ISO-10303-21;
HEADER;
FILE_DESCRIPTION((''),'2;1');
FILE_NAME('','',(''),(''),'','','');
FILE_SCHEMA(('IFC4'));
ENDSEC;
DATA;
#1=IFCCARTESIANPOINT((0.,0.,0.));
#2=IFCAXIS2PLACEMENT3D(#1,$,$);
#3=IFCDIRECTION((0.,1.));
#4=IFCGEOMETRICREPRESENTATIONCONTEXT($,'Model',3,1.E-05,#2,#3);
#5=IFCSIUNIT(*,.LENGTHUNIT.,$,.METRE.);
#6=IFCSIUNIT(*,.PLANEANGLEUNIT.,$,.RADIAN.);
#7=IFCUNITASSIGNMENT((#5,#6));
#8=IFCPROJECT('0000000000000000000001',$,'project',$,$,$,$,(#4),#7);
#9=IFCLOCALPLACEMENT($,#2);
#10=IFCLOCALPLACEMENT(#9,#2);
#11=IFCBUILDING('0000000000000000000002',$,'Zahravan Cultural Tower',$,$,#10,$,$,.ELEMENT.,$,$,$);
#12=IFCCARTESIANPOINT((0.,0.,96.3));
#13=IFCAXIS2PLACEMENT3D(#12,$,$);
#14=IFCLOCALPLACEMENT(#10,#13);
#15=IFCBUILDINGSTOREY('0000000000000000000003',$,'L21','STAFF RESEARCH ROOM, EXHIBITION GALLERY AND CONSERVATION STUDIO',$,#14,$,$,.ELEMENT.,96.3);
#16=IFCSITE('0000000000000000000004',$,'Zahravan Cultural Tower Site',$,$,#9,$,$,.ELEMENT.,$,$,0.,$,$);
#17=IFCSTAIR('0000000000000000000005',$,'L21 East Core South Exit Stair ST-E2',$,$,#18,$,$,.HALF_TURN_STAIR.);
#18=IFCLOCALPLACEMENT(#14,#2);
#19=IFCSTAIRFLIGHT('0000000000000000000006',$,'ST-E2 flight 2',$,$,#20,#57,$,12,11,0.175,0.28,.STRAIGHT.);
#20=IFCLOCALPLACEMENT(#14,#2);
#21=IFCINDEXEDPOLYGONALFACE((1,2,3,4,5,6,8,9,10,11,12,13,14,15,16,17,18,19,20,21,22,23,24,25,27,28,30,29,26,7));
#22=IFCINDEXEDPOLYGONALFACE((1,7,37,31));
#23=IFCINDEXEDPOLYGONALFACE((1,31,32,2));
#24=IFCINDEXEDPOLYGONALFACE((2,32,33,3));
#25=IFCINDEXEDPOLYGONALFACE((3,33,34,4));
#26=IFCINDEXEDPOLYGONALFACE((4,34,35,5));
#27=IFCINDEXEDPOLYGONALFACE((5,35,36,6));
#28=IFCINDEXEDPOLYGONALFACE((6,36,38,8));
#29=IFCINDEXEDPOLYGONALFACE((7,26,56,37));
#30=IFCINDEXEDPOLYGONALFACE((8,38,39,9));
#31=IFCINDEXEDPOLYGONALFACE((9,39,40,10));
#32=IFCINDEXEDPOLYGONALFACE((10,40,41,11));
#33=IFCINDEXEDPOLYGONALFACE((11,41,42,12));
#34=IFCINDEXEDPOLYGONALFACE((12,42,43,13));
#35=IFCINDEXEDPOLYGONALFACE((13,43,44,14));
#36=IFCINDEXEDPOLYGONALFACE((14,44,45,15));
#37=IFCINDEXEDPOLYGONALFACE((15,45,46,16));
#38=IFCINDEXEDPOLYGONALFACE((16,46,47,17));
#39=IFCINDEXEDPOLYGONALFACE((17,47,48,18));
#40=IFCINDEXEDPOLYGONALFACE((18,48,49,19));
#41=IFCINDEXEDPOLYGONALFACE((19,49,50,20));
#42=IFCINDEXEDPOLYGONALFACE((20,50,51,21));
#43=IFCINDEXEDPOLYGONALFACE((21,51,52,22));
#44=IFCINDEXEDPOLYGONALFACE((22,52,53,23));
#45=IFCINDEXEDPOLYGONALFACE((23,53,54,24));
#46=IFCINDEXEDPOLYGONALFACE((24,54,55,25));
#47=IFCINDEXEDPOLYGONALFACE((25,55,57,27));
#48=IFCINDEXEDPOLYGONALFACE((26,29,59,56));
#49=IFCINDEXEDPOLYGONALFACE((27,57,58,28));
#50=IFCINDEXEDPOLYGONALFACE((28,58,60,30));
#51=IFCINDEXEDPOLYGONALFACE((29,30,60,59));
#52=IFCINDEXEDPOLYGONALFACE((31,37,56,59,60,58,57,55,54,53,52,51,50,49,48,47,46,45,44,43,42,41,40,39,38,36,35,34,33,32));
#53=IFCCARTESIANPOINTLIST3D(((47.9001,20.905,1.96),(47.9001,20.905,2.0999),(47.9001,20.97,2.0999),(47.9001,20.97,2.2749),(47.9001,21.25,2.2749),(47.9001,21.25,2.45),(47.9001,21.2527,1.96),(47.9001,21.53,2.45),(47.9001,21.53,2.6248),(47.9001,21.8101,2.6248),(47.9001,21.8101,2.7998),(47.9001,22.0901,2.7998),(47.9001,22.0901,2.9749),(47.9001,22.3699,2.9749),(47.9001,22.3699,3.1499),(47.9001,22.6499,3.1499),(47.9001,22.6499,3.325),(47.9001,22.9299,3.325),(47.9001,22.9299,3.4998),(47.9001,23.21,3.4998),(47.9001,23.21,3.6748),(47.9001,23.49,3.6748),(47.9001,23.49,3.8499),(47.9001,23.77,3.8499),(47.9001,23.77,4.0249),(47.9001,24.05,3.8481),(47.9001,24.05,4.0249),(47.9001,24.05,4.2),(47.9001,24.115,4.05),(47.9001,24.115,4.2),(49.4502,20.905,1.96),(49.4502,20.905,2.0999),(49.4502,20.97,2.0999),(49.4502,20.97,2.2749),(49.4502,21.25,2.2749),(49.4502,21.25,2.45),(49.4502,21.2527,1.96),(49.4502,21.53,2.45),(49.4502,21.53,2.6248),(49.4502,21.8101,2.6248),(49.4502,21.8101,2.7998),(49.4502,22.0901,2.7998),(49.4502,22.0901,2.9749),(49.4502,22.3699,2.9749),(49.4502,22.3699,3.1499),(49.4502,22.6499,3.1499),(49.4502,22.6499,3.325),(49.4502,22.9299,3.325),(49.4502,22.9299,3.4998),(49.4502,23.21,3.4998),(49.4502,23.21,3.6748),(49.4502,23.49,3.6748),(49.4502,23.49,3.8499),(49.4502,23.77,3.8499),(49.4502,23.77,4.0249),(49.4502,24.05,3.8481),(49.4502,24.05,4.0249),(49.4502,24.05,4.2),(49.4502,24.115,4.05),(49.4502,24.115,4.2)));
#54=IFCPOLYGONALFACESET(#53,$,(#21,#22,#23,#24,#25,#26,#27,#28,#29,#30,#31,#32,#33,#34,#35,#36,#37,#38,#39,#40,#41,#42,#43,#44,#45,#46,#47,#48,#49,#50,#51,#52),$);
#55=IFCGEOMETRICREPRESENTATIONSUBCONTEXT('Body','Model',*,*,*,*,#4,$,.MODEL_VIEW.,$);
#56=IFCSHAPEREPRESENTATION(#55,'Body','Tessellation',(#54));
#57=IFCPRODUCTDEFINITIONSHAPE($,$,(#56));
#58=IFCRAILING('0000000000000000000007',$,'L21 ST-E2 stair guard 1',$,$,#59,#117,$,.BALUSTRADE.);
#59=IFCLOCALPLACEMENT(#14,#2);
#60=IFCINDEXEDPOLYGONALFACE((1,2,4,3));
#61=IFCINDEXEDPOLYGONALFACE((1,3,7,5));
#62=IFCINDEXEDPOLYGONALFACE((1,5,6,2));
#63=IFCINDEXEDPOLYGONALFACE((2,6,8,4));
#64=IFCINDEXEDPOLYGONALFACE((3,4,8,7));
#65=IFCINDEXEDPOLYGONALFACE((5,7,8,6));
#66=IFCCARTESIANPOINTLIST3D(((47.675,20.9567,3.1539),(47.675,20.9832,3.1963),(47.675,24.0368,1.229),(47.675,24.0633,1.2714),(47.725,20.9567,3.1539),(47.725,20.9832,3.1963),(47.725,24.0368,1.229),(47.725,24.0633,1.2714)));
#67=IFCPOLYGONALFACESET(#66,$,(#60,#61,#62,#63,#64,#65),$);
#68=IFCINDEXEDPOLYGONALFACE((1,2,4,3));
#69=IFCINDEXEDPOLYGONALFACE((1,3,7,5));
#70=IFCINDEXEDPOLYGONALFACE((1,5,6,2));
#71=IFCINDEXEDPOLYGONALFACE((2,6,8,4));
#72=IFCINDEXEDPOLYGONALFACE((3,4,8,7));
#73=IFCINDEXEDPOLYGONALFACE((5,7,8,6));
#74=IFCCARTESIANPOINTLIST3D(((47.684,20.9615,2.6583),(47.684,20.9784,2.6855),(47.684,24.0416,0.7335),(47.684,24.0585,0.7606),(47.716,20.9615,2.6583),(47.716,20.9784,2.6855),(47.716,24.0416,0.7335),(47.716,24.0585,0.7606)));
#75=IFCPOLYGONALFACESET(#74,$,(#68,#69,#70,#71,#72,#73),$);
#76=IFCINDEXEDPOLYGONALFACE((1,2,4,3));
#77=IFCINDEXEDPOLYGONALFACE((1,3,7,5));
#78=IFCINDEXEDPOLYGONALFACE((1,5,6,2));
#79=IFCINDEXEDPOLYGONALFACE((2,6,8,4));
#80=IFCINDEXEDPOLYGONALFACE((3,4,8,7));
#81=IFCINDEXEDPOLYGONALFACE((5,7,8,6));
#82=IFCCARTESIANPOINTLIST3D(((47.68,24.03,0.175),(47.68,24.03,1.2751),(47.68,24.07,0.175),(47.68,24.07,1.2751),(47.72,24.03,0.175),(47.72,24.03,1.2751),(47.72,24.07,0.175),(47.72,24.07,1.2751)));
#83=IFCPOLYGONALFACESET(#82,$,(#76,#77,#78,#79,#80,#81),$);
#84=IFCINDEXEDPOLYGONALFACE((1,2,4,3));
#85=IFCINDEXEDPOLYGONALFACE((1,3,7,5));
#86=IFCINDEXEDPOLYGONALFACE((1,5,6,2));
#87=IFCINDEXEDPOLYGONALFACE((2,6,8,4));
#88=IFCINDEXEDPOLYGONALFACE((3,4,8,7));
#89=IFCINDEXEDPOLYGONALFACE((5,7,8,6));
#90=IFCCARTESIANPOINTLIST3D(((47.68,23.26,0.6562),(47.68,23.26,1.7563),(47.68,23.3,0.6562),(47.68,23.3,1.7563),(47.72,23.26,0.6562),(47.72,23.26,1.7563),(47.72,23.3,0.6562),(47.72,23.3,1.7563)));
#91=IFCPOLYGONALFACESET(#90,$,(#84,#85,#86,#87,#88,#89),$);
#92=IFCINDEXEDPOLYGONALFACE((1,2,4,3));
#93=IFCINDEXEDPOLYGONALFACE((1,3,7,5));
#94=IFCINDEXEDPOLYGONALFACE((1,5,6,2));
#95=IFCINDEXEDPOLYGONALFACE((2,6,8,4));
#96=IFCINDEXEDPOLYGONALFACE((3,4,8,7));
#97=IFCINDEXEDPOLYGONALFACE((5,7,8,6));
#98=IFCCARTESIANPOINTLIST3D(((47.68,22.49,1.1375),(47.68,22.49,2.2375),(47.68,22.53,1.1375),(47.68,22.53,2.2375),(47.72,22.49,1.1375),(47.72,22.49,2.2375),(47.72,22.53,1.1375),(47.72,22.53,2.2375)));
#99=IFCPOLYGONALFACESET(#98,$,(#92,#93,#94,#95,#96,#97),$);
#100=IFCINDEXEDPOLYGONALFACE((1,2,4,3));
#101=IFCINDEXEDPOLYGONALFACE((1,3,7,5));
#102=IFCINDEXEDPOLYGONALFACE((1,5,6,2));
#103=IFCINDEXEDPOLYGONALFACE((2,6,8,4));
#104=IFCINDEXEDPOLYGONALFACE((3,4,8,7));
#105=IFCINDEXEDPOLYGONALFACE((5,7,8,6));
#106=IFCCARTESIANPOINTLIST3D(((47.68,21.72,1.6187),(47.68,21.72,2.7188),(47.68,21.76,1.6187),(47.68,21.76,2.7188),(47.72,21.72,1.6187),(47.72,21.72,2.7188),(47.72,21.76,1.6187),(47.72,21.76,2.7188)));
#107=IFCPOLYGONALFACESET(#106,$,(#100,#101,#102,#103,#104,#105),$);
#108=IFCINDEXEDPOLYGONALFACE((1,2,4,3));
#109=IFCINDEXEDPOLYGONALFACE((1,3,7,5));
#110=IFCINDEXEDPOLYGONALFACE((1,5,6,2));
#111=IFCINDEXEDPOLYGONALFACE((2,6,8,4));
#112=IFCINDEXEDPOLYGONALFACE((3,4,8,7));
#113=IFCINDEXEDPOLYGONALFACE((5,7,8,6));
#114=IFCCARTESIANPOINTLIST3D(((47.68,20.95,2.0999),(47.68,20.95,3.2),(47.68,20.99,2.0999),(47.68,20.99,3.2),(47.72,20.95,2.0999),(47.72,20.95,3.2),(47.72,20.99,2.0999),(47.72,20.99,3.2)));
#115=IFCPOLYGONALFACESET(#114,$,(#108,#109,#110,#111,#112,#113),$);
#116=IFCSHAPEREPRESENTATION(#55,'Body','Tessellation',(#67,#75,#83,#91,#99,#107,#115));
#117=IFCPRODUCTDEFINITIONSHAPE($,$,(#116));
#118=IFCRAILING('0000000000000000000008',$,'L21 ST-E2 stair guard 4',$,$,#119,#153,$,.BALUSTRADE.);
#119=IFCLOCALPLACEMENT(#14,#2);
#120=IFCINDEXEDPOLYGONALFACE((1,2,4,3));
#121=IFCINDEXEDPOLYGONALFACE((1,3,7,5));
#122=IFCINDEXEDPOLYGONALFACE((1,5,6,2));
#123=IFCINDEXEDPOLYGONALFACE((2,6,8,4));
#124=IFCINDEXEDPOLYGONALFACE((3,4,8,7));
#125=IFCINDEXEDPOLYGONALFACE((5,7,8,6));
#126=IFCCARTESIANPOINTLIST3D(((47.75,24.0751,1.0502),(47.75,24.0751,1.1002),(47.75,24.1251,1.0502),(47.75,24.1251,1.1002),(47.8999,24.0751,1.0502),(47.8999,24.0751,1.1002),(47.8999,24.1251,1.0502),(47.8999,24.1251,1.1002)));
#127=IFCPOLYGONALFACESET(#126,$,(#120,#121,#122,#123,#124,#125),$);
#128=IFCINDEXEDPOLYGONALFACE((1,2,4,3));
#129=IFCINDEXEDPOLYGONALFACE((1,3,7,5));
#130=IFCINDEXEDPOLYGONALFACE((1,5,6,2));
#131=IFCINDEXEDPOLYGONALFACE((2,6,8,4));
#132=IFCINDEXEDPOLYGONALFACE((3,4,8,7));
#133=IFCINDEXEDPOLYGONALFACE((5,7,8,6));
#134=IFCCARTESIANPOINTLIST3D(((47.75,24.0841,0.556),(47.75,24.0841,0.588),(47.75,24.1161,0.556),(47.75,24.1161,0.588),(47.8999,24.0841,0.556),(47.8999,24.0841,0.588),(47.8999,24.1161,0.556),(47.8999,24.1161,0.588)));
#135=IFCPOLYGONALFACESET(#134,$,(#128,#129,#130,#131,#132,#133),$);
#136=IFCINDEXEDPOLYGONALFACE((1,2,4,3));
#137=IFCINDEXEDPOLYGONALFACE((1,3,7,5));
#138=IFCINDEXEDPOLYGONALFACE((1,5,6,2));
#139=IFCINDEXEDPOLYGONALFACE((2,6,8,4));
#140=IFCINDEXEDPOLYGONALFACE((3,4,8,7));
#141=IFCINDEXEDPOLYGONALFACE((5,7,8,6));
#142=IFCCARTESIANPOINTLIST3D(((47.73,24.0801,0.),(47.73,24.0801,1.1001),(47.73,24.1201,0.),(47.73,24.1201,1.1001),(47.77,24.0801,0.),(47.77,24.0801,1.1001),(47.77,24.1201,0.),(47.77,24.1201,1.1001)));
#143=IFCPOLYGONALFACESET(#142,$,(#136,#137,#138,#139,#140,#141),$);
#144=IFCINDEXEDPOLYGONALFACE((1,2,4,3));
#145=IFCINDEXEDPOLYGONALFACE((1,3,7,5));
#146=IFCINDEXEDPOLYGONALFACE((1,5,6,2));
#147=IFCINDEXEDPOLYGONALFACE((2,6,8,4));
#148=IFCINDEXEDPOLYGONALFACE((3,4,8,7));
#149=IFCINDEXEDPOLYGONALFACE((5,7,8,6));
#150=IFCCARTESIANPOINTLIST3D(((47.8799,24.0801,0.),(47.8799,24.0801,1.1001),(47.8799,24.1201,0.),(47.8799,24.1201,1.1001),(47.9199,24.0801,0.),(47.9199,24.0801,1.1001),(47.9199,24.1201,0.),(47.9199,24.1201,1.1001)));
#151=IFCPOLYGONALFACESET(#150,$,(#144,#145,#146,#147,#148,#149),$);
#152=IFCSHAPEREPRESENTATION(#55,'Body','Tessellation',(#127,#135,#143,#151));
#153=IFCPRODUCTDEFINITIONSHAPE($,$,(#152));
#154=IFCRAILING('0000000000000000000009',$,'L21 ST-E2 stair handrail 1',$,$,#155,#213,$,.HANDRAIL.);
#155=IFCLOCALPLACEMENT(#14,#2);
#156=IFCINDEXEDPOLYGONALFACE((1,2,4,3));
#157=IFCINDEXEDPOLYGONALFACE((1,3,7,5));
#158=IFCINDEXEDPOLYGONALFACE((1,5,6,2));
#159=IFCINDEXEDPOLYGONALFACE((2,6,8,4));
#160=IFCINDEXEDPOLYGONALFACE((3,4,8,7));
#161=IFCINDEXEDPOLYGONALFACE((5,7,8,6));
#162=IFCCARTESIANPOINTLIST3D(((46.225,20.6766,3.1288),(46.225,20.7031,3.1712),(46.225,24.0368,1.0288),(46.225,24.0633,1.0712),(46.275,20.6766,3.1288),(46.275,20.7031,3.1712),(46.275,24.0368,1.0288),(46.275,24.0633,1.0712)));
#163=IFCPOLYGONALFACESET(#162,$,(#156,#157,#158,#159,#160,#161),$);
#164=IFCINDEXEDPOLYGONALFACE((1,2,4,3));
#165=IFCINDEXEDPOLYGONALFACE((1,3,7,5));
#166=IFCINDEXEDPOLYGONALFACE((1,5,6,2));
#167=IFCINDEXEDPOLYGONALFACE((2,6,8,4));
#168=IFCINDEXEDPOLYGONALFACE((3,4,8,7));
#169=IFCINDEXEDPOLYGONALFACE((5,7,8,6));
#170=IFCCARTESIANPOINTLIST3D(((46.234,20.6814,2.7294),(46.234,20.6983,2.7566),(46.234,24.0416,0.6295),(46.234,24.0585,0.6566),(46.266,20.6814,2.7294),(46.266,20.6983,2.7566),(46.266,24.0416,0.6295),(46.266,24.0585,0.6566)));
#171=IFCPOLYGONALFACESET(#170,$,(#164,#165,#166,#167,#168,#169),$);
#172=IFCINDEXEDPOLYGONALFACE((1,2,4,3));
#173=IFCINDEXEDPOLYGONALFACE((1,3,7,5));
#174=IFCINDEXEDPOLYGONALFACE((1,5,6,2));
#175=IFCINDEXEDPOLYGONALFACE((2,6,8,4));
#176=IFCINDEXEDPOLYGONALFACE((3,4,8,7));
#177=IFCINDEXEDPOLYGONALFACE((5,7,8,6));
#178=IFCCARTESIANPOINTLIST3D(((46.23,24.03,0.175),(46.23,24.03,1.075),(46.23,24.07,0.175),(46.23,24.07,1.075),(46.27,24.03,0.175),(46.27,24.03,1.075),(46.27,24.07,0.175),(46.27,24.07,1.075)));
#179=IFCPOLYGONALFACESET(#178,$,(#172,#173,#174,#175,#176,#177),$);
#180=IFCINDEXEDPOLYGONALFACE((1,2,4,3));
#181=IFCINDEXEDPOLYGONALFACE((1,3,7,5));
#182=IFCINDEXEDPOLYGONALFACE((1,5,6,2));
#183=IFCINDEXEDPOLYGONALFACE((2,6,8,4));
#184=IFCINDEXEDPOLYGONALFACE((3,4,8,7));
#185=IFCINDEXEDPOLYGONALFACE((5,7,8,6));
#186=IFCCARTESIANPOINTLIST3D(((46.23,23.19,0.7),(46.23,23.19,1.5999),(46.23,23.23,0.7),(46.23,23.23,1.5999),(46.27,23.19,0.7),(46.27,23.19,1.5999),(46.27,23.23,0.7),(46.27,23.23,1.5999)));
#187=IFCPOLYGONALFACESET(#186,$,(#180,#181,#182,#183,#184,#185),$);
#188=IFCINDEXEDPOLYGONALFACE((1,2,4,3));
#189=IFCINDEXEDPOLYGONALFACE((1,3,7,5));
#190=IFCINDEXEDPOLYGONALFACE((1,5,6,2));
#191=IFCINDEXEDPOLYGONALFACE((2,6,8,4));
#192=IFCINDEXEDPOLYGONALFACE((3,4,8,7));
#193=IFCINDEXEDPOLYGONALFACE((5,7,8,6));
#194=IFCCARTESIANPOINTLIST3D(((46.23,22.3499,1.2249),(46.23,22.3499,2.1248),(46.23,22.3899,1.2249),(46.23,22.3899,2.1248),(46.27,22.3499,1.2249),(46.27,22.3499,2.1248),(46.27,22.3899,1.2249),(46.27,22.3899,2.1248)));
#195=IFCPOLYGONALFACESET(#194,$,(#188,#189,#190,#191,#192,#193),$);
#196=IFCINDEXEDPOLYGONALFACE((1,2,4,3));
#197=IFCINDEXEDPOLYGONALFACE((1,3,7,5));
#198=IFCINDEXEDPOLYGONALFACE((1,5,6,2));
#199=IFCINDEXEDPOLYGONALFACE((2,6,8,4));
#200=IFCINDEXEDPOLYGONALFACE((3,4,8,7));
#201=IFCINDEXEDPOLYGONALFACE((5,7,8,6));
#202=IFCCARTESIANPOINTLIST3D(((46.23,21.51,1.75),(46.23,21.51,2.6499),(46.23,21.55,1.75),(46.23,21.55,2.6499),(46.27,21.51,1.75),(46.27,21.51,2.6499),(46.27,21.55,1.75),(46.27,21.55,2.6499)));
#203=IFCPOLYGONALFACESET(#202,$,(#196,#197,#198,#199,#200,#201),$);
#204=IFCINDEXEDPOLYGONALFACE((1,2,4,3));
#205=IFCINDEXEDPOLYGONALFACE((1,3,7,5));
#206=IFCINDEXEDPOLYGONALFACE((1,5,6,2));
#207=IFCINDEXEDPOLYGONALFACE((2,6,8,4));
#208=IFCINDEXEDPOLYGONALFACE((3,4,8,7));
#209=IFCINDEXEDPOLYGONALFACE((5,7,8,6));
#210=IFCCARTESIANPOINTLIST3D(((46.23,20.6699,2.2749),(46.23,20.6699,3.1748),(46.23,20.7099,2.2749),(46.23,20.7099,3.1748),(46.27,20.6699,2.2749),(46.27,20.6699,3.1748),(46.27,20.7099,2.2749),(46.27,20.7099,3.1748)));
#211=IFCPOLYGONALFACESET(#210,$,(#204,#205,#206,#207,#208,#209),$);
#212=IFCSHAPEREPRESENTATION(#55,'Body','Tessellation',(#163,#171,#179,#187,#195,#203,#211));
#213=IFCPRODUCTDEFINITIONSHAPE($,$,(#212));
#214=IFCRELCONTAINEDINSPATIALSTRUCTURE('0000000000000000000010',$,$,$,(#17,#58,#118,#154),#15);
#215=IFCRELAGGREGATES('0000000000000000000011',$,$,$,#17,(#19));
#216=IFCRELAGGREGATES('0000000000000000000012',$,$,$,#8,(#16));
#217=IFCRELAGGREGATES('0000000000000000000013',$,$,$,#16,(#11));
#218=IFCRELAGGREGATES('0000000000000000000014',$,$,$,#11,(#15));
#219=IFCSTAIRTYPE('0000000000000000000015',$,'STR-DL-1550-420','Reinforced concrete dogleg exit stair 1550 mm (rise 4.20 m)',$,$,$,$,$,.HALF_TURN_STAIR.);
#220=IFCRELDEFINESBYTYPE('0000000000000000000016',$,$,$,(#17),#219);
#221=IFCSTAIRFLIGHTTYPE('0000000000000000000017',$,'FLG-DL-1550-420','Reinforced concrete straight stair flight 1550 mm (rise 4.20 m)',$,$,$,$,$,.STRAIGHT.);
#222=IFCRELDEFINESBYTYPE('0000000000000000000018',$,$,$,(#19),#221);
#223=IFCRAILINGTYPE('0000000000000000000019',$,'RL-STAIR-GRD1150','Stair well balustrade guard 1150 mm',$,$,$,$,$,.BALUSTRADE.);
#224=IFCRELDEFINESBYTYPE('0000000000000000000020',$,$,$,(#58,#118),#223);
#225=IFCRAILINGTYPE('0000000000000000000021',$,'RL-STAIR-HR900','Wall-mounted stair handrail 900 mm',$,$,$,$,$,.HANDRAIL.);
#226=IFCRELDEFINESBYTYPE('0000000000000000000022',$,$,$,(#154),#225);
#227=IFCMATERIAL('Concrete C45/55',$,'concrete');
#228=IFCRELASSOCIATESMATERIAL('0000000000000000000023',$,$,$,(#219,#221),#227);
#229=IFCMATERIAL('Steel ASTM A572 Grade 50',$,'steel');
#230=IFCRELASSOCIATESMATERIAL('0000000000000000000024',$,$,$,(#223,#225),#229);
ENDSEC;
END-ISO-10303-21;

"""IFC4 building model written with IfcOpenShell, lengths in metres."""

from ifc_helpers import new_model, si_unit, direction, frame, origin, origin_2d, place, context, subcontext, project, spatial, polyline, rectangle, outline, extrude, material, type_object, element, aggregate, save


model = new_model("IFC4")

# Units and contexts
model_context = context("Model", 3, precision=1e-05, world=origin(), true_north=direction((0.0, 1.0)))
body_context = subcontext(model_context, "Body", "Model", "MODEL_VIEW")
ifc_project = project(units=[si_unit("LENGTHUNIT", "METRE"), si_unit("PLANEANGLEUNIT", "RADIAN")], contexts=[model_context])

# Site, building, storey
site_placement = place(None, origin())
site = spatial("IfcSite", under=ifc_project, at=site_placement, Name="Zahravan Cultural Tower Site", CompositionType="ELEMENT", RefElevation=0.0)
building_placement = place(site_placement, origin())
building = spatial("IfcBuilding", under=site, at=building_placement, Name="Zahravan Cultural Tower", CompositionType="ELEMENT")
storey_placement = place(building_placement, frame((0.0, 0.0, 96.3)))
storey = spatial("IfcBuildingStorey", under=building, at=storey_placement, Name="L21", Description="STAFF RESEARCH ROOM, EXHIBITION GALLERY AND CONSERVATION STUDIO", CompositionType="ELEMENT", Elevation=96.3)

# Shared definitions
ifc_material_1 = material(Name="Concrete C45/55", Category="concrete")
ifc_material_2 = material(Name="Steel ASTM A572 Grade 50", Category="steel")

# Stair, stair flight
stair_type = type_object("IfcStairType", Name="STR-DL-1550-420", Description="Reinforced concrete dogleg exit stair 1550 mm (rise 4.20 m)", PredefinedType="HALF_TURN_STAIR", material=ifc_material_1)
stair_placement = place(storey_placement, origin())
stair = element("IfcStair", 1, at=stair_placement, inside=storey, type_object=stair_type, Name="L21 East Core South Exit Stair ST-E2", PredefinedType="HALF_TURN_STAIR")
stair_flight_type = type_object("IfcStairFlightType", Name="FLG-DL-1550-420", Description="Reinforced concrete straight stair flight 1550 mm (rise 4.20 m)", PredefinedType="STRAIGHT", material=ifc_material_1)
stair_flight_1_placement = place(storey_placement, frame((48.675, 20.97, 2.0999), z_axis=(0.0, 0.0, 1.0), x_axis=(0.0, 1.0, 0.0)))
stair_flight_1 = element("IfcStairFlight", 2, at=stair_flight_1_placement, type_object=stair_flight_type, Name="ST-E2 flight 2", NumberOfRisers=12, NumberOfTreads=11, PredefinedType="STRAIGHT", RiserHeight=0.175, TreadLength=0.28, context=body_context, shape_type="SweptSolid", body=[
    extrude(outline(polyline([(-0.0649, -0.1399), (-0.0649, 0.0), (0.0, 0.0), (0.0, 0.175), (0.28, 0.175), (0.28, 0.3501), (0.5601, 0.3501), (0.5601, 0.5249), (0.8401, 0.5249), (0.8401, 0.7), (1.1201, 0.7), (1.1201, 0.875), (1.3999, 0.875), (1.3999, 1.05), (1.6799, 1.05), (1.6799, 1.2251), (1.96, 1.2251), (1.96, 1.3999), (2.24, 1.3999), (2.24, 1.575), (2.52, 1.575), (2.52, 1.75), (2.8, 1.75), (2.8, 1.925), (3.0801, 1.925), (3.0801, 2.1001), (3.145, 2.1001), (3.145, 1.9502), (3.0801, 1.7483), (0.2827, -0.1399), (-0.0649, -0.1399)])), frame((0.0, 0.7749, 0.0), z_axis=(0.0, -1.0, 0.0), x_axis=(1.0, 0.0, 0.0)), (0.0, 0.0, 1.0), 1.55),
])
aggregate(stair, [stair_flight_1])

# Railings
railing_type_1 = type_object("IfcRailingType", Name="RL-STAIR-GRD1150", Description="Stair well balustrade guard 1150 mm", PredefinedType="BALUSTRADE", material=ifc_material_2)
railing_1_placement = place(storey_placement, frame((47.7, 24.05, 0.175)))
element("IfcRailing", 3, at=railing_1_placement, inside=storey, type_object=railing_type_1, Name="L21 ST-E2 stair guard 1", PredefinedType="BALUSTRADE", context=body_context, shape_type="SweptSolid", body=[
    extrude(rectangle(XDim=0.05, YDim=0.05, at=origin_2d()), frame((0.0, 0.0, 1.0752), z_axis=(0.0, -0.848029, 0.529951), x_axis=(1.0, 0.0, 0.0)), (0.0, 0.0, 1.0), 3.6321),
    extrude(rectangle(XDim=0.032, YDim=0.032, at=origin_2d()), frame((0.0, 0.0, 0.572), z_axis=(0.0, -0.848029, 0.529951), x_axis=(1.0, 0.0, 0.0)), (0.0, 0.0, 1.0), 3.6321),
    extrude(rectangle(XDim=0.04, YDim=0.04, at=origin_2d()), origin(), (0.0, 0.0, 1.0), 1.1001),
    extrude(rectangle(XDim=0.04, YDim=0.04, at=origin_2d()), frame((0.0, -0.77, 0.4812)), (0.0, 0.0, 1.0), 1.1001),
    extrude(rectangle(XDim=0.04, YDim=0.04, at=origin_2d()), frame((0.0, -1.54, 0.9624)), (0.0, 0.0, 1.0), 1.1001),
    extrude(rectangle(XDim=0.04, YDim=0.04, at=origin_2d()), frame((0.0, -2.3101, 1.4436)), (0.0, 0.0, 1.0), 1.1001),
    extrude(rectangle(XDim=0.04, YDim=0.04, at=origin_2d()), frame((0.0, -3.0801, 1.9248)), (0.0, 0.0, 1.0), 1.1001),
])
railing_2_placement = place(storey_placement, frame((47.75, 24.1001, 0.0)))
element("IfcRailing", 4, at=railing_2_placement, inside=storey, type_object=railing_type_1, Name="L21 ST-E2 stair guard 4", PredefinedType="BALUSTRADE", context=body_context, shape_type="SweptSolid", body=[
    extrude(rectangle(XDim=0.05, YDim=0.05, at=origin_2d()), frame((0.0, 0.0, 1.0752), z_axis=(1.0, 0.0, 0.0), x_axis=(0.0, 1.0, 0.0)), (0.0, 0.0, 1.0), 0.1499),
    extrude(rectangle(XDim=0.032, YDim=0.032, at=origin_2d()), frame((0.0, 0.0, 0.572), z_axis=(1.0, 0.0, 0.0), x_axis=(0.0, 1.0, 0.0)), (0.0, 0.0, 1.0), 0.1499),
    extrude(rectangle(XDim=0.04, YDim=0.04, at=origin_2d()), origin(), (0.0, 0.0, 1.0), 1.1001),
    extrude(rectangle(XDim=0.04, YDim=0.04, at=origin_2d()), frame((0.1499, 0.0, 0.0)), (0.0, 0.0, 1.0), 1.1001),
])
railing_type_2 = type_object("IfcRailingType", Name="RL-STAIR-HR900", Description="Wall-mounted stair handrail 900 mm", PredefinedType="HANDRAIL", material=ifc_material_2)
railing_3_placement = place(storey_placement, frame((46.25, 24.05, 0.175)))
element("IfcRailing", 5, at=railing_3_placement, inside=storey, type_object=railing_type_2, Name="L21 ST-E2 stair handrail 1", PredefinedType="HANDRAIL", context=body_context, shape_type="SweptSolid", body=[
    extrude(rectangle(XDim=0.05, YDim=0.05, at=origin_2d()), frame((0.0, 0.0, 0.875), z_axis=(0.0, -0.848023, 0.52996), x_axis=(1.0, 0.0, 0.0)), (0.0, 0.0, 1.0), 3.9624),
    extrude(rectangle(XDim=0.032, YDim=0.032, at=origin_2d()), frame((0.0, 0.0, 0.468), z_axis=(0.0, -0.848023, 0.52996), x_axis=(1.0, 0.0, 0.0)), (0.0, 0.0, 1.0), 3.9624),
    extrude(rectangle(XDim=0.04, YDim=0.04, at=origin_2d()), origin(), (0.0, 0.0, 1.0), 0.8999),
    extrude(rectangle(XDim=0.04, YDim=0.04, at=origin_2d()), frame((0.0, -0.8401, 0.5249)), (0.0, 0.0, 1.0), 0.8999),
    extrude(rectangle(XDim=0.04, YDim=0.04, at=origin_2d()), frame((0.0, -1.6802, 1.0498)), (0.0, 0.0, 1.0), 0.8999),
    extrude(rectangle(XDim=0.04, YDim=0.04, at=origin_2d()), frame((0.0, -2.52, 1.575)), (0.0, 0.0, 1.0), 0.8999),
    extrude(rectangle(XDim=0.04, YDim=0.04, at=origin_2d()), frame((0.0, -3.3601, 2.0999)), (0.0, 0.0, 1.0), 0.8999),
])

save(model, "model.ifc")
